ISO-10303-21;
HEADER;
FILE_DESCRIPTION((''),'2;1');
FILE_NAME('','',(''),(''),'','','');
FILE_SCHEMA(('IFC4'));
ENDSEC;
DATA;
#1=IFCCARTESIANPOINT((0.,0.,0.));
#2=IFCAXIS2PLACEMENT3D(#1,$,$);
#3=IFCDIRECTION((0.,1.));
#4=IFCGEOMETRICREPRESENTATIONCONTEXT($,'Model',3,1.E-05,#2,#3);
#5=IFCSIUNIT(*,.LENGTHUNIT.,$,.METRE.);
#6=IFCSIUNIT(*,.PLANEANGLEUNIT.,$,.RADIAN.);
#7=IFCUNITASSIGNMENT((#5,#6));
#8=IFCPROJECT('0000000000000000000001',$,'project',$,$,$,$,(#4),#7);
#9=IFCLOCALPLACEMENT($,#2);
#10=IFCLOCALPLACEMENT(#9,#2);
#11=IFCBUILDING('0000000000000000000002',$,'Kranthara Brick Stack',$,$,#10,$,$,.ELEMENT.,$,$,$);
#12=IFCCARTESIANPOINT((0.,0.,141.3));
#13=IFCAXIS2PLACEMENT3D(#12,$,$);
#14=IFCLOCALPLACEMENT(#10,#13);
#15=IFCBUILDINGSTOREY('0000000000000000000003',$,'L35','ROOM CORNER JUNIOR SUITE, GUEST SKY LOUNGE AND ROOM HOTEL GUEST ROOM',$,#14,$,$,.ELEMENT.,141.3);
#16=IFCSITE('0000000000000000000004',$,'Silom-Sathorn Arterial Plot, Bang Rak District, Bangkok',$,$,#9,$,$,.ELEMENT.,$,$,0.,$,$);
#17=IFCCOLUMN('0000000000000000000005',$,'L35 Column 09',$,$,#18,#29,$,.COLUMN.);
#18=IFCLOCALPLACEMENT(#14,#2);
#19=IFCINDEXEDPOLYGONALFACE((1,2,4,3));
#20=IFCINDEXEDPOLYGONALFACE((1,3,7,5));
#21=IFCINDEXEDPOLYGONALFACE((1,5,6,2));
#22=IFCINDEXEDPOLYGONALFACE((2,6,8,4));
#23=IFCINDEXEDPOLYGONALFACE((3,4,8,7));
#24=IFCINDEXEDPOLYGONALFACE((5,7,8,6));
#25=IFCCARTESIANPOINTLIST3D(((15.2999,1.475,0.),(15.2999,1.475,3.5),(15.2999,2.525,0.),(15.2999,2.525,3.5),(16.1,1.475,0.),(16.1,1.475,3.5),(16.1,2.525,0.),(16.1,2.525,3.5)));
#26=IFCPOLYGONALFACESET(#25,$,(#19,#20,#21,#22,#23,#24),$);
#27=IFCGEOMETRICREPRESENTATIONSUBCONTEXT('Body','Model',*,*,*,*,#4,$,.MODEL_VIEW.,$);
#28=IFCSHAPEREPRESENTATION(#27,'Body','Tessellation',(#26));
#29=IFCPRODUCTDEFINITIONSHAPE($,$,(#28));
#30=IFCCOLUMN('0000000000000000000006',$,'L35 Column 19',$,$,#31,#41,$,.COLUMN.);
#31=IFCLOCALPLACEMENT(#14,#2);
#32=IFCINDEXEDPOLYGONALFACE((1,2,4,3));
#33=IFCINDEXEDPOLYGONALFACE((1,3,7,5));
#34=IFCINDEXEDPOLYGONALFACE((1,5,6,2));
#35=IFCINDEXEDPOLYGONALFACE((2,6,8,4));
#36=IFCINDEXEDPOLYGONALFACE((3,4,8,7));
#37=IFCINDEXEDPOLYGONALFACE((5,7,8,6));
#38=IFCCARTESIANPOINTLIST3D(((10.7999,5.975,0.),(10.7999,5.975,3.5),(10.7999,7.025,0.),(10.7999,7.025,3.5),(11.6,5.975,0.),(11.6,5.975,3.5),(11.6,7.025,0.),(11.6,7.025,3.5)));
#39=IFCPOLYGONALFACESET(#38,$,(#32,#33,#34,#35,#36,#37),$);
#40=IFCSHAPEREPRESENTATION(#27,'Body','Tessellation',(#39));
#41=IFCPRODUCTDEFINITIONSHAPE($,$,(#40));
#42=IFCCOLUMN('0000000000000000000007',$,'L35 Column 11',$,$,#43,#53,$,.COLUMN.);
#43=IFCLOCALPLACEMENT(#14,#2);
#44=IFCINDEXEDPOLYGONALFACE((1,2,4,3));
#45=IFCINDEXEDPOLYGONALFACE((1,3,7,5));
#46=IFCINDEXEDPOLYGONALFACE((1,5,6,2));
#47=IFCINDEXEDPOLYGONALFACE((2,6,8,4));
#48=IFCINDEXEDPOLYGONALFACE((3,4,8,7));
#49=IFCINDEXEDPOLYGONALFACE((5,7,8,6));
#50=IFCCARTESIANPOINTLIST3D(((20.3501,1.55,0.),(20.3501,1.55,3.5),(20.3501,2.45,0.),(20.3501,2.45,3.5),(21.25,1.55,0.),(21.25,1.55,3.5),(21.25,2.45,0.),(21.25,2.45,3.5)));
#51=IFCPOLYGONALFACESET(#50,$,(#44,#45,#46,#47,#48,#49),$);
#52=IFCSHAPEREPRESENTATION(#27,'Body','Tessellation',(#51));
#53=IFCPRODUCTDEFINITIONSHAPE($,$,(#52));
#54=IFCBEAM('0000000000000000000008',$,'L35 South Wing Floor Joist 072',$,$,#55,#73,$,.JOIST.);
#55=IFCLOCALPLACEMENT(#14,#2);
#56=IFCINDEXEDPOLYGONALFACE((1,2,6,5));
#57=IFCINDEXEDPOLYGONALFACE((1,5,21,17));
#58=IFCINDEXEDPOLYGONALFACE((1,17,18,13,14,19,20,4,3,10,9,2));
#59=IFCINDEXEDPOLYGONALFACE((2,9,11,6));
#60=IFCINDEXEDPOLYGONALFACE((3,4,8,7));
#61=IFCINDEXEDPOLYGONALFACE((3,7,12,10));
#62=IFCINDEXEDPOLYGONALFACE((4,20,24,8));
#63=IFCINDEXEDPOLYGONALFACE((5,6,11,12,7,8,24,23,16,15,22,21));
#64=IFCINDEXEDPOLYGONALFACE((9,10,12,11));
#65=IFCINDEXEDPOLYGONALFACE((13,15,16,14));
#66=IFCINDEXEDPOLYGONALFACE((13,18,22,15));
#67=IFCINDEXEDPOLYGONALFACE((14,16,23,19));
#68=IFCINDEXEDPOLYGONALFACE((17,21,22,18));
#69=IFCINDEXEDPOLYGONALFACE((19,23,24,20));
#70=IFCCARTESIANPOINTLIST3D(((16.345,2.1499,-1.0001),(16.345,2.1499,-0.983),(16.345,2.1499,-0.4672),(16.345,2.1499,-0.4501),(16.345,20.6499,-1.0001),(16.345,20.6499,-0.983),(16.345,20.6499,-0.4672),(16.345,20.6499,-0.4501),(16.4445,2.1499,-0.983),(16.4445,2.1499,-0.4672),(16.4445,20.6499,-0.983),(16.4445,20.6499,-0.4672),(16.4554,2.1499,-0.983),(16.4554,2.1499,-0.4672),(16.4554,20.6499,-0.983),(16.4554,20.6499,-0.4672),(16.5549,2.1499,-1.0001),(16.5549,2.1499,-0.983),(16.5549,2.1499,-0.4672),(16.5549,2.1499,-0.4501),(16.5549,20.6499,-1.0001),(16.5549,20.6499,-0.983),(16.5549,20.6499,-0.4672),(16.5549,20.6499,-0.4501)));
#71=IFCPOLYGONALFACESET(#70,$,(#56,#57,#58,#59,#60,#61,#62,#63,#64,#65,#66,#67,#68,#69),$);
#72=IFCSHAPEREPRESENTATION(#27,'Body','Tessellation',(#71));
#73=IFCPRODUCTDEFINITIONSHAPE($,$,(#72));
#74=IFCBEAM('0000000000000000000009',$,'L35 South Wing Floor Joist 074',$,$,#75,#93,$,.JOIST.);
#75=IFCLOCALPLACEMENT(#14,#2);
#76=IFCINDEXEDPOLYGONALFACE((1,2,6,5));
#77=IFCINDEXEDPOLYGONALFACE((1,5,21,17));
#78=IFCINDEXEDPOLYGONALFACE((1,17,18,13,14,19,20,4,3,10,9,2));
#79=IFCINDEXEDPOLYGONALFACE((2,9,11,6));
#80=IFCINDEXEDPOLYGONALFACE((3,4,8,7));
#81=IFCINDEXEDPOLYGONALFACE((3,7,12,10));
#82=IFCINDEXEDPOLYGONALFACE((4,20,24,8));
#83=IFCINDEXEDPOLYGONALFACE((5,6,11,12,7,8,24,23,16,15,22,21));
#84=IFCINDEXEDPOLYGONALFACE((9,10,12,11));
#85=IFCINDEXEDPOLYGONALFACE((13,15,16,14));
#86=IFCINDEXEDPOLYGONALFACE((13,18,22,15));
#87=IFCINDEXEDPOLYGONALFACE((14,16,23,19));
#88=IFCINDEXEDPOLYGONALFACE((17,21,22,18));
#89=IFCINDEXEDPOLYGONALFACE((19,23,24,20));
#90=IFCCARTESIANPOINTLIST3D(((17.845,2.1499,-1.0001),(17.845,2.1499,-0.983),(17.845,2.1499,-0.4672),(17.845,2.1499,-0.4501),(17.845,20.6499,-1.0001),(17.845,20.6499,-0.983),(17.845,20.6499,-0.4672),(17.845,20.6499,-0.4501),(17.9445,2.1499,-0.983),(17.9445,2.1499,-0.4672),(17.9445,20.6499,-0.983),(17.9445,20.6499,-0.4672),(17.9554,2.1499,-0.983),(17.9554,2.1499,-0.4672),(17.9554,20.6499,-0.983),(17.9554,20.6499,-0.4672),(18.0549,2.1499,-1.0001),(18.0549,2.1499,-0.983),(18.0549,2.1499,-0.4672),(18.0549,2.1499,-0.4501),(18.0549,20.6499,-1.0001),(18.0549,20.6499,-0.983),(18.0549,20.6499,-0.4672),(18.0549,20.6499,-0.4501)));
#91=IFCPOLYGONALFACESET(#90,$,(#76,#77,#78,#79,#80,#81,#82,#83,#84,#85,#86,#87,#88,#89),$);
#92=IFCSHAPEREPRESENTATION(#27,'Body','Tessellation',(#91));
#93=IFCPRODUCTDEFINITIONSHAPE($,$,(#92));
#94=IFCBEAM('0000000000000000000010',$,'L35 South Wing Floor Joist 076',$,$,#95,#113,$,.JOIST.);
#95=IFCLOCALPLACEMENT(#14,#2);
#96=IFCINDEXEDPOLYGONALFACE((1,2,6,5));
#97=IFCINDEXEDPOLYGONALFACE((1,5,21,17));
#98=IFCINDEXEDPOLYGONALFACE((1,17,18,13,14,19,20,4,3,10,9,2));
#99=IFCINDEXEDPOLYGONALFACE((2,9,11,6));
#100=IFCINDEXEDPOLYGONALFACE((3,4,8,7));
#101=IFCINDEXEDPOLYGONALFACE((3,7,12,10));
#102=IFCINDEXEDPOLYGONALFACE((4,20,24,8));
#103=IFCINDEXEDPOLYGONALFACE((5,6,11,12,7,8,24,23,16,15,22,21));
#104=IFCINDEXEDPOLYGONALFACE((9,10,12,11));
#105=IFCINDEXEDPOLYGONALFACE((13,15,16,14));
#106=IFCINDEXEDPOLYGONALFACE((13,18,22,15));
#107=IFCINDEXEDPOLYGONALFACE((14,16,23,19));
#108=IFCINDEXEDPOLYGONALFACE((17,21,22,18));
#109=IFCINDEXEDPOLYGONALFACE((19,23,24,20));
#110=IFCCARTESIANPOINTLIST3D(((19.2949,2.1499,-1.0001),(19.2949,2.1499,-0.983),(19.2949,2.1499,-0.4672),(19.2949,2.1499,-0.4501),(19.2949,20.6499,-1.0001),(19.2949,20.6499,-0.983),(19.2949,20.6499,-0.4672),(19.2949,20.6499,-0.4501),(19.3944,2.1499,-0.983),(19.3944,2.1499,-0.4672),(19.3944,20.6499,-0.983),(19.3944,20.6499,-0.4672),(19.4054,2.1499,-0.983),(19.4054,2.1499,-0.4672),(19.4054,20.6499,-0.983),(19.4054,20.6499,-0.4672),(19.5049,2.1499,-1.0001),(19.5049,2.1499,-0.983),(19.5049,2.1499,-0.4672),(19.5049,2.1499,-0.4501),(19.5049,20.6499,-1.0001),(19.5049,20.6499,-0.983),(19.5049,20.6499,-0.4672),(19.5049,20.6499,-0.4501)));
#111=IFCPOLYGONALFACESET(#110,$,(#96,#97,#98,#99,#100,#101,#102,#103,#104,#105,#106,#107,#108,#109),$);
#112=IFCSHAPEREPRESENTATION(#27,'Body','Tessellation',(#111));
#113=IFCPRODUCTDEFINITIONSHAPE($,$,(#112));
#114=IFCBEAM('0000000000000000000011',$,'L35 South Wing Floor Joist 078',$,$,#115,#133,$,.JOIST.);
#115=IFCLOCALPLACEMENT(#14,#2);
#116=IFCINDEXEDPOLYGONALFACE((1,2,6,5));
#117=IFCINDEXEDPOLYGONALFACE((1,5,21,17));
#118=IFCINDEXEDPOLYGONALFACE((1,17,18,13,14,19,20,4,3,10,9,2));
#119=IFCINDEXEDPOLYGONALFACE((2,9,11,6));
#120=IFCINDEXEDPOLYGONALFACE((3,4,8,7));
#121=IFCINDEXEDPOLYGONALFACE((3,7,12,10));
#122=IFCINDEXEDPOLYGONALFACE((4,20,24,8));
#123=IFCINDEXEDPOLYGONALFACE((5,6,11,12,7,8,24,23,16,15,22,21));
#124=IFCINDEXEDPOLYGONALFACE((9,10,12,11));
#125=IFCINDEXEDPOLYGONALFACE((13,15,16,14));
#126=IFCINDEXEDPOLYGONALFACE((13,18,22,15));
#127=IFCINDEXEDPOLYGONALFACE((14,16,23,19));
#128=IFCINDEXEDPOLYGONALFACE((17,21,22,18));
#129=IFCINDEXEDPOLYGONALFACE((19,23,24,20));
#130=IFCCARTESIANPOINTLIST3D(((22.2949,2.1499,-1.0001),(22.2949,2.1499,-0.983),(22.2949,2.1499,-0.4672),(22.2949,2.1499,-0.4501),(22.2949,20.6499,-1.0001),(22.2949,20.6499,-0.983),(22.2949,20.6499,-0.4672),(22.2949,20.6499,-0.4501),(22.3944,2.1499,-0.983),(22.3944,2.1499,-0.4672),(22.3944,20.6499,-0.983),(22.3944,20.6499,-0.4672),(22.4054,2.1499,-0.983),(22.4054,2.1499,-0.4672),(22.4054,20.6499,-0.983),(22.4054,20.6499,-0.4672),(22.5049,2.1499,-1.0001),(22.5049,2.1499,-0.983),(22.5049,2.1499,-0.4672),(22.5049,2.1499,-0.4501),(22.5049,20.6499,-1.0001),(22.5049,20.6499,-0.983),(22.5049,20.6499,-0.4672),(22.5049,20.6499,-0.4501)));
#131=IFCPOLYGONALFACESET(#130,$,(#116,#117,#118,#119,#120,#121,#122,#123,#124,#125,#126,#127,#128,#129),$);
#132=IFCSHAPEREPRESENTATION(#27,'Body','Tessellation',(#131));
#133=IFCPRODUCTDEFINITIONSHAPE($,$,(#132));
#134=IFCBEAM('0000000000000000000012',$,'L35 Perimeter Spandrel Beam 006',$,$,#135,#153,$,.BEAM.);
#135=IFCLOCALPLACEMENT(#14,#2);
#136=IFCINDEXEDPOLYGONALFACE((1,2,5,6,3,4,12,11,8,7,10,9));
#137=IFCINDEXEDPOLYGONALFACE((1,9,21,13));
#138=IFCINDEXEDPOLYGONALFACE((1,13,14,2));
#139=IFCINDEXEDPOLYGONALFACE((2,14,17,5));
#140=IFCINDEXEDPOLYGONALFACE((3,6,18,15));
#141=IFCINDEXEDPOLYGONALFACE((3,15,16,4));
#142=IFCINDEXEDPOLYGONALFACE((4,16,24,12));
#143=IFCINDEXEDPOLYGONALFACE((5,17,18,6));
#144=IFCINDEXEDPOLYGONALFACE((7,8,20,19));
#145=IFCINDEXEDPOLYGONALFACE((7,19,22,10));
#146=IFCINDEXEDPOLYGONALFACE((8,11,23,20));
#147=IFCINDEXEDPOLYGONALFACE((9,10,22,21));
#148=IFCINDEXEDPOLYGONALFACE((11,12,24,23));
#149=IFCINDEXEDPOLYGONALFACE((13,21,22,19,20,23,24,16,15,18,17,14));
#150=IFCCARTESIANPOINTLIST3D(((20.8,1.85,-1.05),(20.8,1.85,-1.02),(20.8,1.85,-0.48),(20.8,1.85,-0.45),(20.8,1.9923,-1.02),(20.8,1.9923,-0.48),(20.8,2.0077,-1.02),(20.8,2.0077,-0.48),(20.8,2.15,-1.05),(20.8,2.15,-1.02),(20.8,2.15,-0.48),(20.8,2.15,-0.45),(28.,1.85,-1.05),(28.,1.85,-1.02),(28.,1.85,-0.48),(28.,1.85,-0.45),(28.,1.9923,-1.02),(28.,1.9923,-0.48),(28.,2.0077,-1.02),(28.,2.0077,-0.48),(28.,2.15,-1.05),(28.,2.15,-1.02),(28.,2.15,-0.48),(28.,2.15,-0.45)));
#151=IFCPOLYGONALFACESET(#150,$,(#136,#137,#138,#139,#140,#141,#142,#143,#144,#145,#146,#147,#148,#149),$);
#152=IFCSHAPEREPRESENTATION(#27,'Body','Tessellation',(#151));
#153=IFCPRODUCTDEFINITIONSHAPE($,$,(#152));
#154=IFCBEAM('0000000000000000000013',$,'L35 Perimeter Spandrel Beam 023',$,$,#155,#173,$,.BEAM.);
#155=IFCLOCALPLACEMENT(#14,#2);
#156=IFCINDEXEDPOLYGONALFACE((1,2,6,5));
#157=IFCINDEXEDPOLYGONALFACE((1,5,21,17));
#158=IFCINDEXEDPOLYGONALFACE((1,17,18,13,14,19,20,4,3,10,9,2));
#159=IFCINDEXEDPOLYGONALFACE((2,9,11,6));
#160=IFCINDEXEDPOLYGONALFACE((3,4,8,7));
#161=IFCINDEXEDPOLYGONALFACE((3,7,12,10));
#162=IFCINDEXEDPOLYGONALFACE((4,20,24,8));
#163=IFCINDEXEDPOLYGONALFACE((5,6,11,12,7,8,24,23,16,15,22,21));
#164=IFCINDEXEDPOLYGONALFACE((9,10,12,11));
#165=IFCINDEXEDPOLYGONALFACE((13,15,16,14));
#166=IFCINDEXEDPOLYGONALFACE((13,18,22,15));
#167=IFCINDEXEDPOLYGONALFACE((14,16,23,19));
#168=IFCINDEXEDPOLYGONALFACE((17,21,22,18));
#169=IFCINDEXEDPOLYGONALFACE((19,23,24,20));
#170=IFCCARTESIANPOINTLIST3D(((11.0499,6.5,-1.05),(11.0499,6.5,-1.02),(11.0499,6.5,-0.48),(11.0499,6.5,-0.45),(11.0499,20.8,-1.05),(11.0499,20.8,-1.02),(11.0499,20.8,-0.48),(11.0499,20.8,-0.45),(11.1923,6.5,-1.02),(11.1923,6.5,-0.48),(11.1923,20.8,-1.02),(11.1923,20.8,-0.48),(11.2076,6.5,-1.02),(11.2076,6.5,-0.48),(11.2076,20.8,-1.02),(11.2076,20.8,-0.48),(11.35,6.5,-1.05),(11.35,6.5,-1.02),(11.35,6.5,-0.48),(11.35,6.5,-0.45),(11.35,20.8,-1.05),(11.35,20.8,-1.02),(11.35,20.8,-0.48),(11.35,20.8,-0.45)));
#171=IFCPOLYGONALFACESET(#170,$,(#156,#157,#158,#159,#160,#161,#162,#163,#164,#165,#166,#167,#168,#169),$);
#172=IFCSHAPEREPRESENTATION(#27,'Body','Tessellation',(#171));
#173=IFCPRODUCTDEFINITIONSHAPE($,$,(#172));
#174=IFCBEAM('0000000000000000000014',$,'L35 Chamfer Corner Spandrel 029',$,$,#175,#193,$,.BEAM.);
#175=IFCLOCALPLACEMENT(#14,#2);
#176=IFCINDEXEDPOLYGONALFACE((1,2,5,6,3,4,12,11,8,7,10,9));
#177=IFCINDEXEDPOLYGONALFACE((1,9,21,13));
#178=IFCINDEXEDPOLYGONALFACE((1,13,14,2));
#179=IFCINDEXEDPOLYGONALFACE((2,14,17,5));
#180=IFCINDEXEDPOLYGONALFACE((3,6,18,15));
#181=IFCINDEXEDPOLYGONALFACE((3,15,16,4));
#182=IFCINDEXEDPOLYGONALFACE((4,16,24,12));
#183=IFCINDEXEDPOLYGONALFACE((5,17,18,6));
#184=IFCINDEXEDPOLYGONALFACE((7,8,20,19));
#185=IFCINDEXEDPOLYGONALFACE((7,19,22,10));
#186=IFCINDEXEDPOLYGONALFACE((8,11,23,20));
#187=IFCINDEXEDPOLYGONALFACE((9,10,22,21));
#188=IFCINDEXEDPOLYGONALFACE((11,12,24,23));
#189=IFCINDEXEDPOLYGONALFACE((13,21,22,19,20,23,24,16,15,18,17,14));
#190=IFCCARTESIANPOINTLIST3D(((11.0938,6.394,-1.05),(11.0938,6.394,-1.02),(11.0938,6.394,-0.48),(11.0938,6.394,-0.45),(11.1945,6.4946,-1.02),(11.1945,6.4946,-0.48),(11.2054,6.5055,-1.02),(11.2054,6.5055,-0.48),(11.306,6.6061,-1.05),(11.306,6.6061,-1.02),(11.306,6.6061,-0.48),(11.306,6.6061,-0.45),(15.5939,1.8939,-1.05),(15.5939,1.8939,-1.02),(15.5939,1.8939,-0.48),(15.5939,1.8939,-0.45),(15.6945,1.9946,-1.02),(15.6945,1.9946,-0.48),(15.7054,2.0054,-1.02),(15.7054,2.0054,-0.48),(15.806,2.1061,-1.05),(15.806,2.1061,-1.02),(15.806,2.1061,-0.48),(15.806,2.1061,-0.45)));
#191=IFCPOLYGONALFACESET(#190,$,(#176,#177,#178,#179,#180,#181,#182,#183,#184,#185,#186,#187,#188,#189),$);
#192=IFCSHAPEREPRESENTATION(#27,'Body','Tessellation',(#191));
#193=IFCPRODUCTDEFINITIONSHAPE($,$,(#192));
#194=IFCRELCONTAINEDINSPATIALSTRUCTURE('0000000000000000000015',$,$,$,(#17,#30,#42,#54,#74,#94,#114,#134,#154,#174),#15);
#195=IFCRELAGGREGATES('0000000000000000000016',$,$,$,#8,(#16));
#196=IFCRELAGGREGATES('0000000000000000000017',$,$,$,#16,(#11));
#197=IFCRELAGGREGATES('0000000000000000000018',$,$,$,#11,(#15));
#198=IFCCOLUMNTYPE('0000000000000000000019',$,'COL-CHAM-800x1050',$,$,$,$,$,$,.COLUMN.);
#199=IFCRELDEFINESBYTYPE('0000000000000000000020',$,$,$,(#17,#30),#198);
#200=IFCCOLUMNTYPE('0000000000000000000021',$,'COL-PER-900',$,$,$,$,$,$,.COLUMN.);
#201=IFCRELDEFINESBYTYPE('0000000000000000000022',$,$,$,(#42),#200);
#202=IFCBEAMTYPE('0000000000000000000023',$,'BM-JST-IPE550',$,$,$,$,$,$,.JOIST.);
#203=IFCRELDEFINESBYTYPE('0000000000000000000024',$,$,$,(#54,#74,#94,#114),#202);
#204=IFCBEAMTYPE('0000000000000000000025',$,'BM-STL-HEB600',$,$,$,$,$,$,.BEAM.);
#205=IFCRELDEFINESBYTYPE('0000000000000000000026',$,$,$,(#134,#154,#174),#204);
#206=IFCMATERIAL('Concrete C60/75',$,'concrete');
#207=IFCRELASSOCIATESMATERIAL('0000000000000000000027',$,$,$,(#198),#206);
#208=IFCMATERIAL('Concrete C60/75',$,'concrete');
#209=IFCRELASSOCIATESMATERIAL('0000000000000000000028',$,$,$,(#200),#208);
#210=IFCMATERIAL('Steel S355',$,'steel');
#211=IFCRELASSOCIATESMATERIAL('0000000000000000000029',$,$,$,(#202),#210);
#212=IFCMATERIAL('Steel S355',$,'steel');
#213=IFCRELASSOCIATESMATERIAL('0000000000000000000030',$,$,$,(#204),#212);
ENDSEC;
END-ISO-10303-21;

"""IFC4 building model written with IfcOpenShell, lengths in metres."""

from ifc_helpers import new_model, si_unit, direction, frame, origin, origin_2d, place, context, subcontext, project, spatial, rectangle, i_section, extrude, material, material_profile, profile_set, type_object, element, save


model = new_model("IFC4")

# Units and contexts
model_context = context("Model", 3, precision=1e-05, world=origin(), true_north=direction((0.0, 1.0)))
body_context = subcontext(model_context, "Body", "Model", "MODEL_VIEW")
ifc_project = project(units=[si_unit("LENGTHUNIT", "METRE"), si_unit("PLANEANGLEUNIT", "RADIAN")], contexts=[model_context])

# Site, building, storey
site_placement = place(None, origin())
site = spatial("IfcSite", under=ifc_project, at=site_placement, Name="Silom-Sathorn Arterial Plot, Bang Rak District, Bangkok", CompositionType="ELEMENT", RefElevation=0.0)
building_placement = place(site_placement, origin())
building = spatial("IfcBuilding", under=site, at=building_placement, Name="Kranthara Brick Stack", CompositionType="ELEMENT")
storey_placement = place(building_placement, frame((0.0, 0.0, 141.3)))
storey = spatial("IfcBuildingStorey", under=building, at=storey_placement, Name="L35", Description="ROOM CORNER JUNIOR SUITE, GUEST SKY LOUNGE AND ROOM HOTEL GUEST ROOM", CompositionType="ELEMENT", Elevation=141.3)

# Columns
ifc_material_1 = material(Name="Concrete C60/75", Category="concrete")
ifc_material_profile_1 = material_profile(ifc_material_1, rectangle(XDim=0.8, YDim=1.05, at=origin_2d()), Name="RC 800x1050")
ifc_profile_set_1 = profile_set([ifc_material_profile_1], Name="Concrete C60/75")
column_type_1 = type_object("IfcColumnType", Name="COL-CHAM-800x1050", PredefinedType="COLUMN", material=ifc_profile_set_1)
for number, where, z_axis, x_axis, name in (
    (1, (15.7, 2.0, 0.0), (0.0, 0.0, 1.0), (1.0, 0.0, 0.0), "L35 Column 09"),
    (2, (11.2, 6.5, 0.0), (0.0, 0.0, 1.0), (1.0, 0.0, 0.0), "L35 Column 19"),
):
    element("IfcColumn", number, at=place(storey_placement, frame(where, z_axis=z_axis, x_axis=x_axis)), inside=storey, type_object=column_type_1, Name=name, PredefinedType="COLUMN", context=body_context, shape_type="SweptSolid", body=[
        extrude(rectangle(XDim=0.8, YDim=1.05, at=origin_2d()), origin(), (0.0, 0.0, 1.0), 3.5),
    ])
ifc_material_2 = material(Name="Concrete C60/75", Category="concrete")
ifc_material_profile_2 = material_profile(ifc_material_2, rectangle(XDim=0.8999, YDim=0.8999, at=origin_2d()), Name="RC 900x900")
ifc_profile_set_2 = profile_set([ifc_material_profile_2], Name="Concrete C60/75")
column_type_2 = type_object("IfcColumnType", Name="COL-PER-900", PredefinedType="COLUMN", material=ifc_profile_set_2)
column_placement = place(storey_placement, frame((20.8, 2.0, 0.0), z_axis=(0.0, 0.0, 1.0), x_axis=(1.0, 0.0, 0.0)))
element("IfcColumn", 3, at=column_placement, inside=storey, type_object=column_type_2, Name="L35 Column 11", PredefinedType="COLUMN", context=body_context, shape_type="SweptSolid", body=[
    extrude(rectangle(XDim=0.8999, YDim=0.8999, at=origin_2d()), origin(), (0.0, 0.0, 1.0), 3.5),
])

# Beams
ifc_material_3 = material(Name="Steel S355", Category="steel")
ifc_material_profile_3 = material_profile(ifc_material_3, i_section(OverallWidth=0.21, OverallDepth=0.55, WebThickness=0.011, FlangeThickness=0.0171, at=origin_2d()), Name="IPE 550")
ifc_profile_set_3 = profile_set([ifc_material_profile_3], Name="Steel S355")
beam_type_1 = type_object("IfcBeamType", Name="BM-JST-IPE550", PredefinedType="JOIST", material=ifc_profile_set_3)
for number, where, z_axis, x_axis, name in (
    (4, (16.45, 2.1499, -0.7251), (0.0, 1.0, 0.0), (-1.0, 0.0, 0.0), "L35 South Wing Floor Joist 072"),
    (5, (17.95, 2.1499, -0.7251), (0.0, 1.0, 0.0), (-1.0, 0.0, 0.0), "L35 South Wing Floor Joist 074"),
    (6, (19.3999, 2.1499, -0.7251), (0.0, 1.0, 0.0), (-1.0, 0.0, 0.0), "L35 South Wing Floor Joist 076"),
    (7, (22.3999, 2.1499, -0.7251), (0.0, 1.0, 0.0), (-1.0, 0.0, 0.0), "L35 South Wing Floor Joist 078"),
):
    element("IfcBeam", number, at=place(storey_placement, frame(where, z_axis=z_axis, x_axis=x_axis)), inside=storey, type_object=beam_type_1, Name=name, PredefinedType="JOIST", context=body_context, shape_type="SweptSolid", body=[
        extrude(i_section(OverallWidth=0.21, OverallDepth=0.55, WebThickness=0.011, FlangeThickness=0.0171, at=origin_2d()), origin(), (0.0, 0.0, 1.0), 18.5),
    ])
ifc_material_4 = material(Name="Steel S355", Category="steel")
ifc_material_profile_4 = material_profile(ifc_material_4, i_section(OverallWidth=0.3, OverallDepth=0.6001, WebThickness=0.0154, FlangeThickness=0.03, at=origin_2d()), Name="HEB 600")
ifc_profile_set_4 = profile_set([ifc_material_profile_4], Name="Steel S355")
beam_type_2 = type_object("IfcBeamType", Name="BM-STL-HEB600", PredefinedType="BEAM", material=ifc_profile_set_4)
beam_1_placement = place(storey_placement, frame((20.8, 2.0, -0.75), z_axis=(1.0, 0.0, 0.0), x_axis=(0.0, 1.0, 0.0)))
element("IfcBeam", 8, at=beam_1_placement, inside=storey, type_object=beam_type_2, Name="L35 Perimeter Spandrel Beam 006", PredefinedType="BEAM", context=body_context, shape_type="SweptSolid", body=[
    extrude(i_section(OverallWidth=0.3, OverallDepth=0.6001, WebThickness=0.0154, FlangeThickness=0.03, at=origin_2d()), origin(), (0.0, 0.0, 1.0), 7.2),
])
beam_2_placement = place(storey_placement, frame((11.2, 6.5, -0.75), z_axis=(0.0, 1.0, 0.0), x_axis=(-1.0, 0.0, 0.0)))
element("IfcBeam", 9, at=beam_2_placement, inside=storey, type_object=beam_type_2, Name="L35 Perimeter Spandrel Beam 023", PredefinedType="BEAM", context=body_context, shape_type="SweptSolid", body=[
    extrude(i_section(OverallWidth=0.3, OverallDepth=0.6001, WebThickness=0.0154, FlangeThickness=0.03, at=origin_2d()), origin(), (0.0, 0.0, 1.0), 14.3),
])
beam_3_placement = place(storey_placement, frame((15.7, 2.0, -0.75), z_axis=(-0.707107, 0.707107, 0.0), x_axis=(-0.707107, -0.707107, 0.0)))
element("IfcBeam", 10, at=beam_3_placement, inside=storey, type_object=beam_type_2, Name="L35 Chamfer Corner Spandrel 029", PredefinedType="BEAM", context=body_context, shape_type="SweptSolid", body=[
    extrude(i_section(OverallWidth=0.3, OverallDepth=0.6001, WebThickness=0.0154, FlangeThickness=0.03, at=origin_2d()), origin(), (0.0, 0.0, 1.0), 6.364),
])

save(model, "model.ifc")
